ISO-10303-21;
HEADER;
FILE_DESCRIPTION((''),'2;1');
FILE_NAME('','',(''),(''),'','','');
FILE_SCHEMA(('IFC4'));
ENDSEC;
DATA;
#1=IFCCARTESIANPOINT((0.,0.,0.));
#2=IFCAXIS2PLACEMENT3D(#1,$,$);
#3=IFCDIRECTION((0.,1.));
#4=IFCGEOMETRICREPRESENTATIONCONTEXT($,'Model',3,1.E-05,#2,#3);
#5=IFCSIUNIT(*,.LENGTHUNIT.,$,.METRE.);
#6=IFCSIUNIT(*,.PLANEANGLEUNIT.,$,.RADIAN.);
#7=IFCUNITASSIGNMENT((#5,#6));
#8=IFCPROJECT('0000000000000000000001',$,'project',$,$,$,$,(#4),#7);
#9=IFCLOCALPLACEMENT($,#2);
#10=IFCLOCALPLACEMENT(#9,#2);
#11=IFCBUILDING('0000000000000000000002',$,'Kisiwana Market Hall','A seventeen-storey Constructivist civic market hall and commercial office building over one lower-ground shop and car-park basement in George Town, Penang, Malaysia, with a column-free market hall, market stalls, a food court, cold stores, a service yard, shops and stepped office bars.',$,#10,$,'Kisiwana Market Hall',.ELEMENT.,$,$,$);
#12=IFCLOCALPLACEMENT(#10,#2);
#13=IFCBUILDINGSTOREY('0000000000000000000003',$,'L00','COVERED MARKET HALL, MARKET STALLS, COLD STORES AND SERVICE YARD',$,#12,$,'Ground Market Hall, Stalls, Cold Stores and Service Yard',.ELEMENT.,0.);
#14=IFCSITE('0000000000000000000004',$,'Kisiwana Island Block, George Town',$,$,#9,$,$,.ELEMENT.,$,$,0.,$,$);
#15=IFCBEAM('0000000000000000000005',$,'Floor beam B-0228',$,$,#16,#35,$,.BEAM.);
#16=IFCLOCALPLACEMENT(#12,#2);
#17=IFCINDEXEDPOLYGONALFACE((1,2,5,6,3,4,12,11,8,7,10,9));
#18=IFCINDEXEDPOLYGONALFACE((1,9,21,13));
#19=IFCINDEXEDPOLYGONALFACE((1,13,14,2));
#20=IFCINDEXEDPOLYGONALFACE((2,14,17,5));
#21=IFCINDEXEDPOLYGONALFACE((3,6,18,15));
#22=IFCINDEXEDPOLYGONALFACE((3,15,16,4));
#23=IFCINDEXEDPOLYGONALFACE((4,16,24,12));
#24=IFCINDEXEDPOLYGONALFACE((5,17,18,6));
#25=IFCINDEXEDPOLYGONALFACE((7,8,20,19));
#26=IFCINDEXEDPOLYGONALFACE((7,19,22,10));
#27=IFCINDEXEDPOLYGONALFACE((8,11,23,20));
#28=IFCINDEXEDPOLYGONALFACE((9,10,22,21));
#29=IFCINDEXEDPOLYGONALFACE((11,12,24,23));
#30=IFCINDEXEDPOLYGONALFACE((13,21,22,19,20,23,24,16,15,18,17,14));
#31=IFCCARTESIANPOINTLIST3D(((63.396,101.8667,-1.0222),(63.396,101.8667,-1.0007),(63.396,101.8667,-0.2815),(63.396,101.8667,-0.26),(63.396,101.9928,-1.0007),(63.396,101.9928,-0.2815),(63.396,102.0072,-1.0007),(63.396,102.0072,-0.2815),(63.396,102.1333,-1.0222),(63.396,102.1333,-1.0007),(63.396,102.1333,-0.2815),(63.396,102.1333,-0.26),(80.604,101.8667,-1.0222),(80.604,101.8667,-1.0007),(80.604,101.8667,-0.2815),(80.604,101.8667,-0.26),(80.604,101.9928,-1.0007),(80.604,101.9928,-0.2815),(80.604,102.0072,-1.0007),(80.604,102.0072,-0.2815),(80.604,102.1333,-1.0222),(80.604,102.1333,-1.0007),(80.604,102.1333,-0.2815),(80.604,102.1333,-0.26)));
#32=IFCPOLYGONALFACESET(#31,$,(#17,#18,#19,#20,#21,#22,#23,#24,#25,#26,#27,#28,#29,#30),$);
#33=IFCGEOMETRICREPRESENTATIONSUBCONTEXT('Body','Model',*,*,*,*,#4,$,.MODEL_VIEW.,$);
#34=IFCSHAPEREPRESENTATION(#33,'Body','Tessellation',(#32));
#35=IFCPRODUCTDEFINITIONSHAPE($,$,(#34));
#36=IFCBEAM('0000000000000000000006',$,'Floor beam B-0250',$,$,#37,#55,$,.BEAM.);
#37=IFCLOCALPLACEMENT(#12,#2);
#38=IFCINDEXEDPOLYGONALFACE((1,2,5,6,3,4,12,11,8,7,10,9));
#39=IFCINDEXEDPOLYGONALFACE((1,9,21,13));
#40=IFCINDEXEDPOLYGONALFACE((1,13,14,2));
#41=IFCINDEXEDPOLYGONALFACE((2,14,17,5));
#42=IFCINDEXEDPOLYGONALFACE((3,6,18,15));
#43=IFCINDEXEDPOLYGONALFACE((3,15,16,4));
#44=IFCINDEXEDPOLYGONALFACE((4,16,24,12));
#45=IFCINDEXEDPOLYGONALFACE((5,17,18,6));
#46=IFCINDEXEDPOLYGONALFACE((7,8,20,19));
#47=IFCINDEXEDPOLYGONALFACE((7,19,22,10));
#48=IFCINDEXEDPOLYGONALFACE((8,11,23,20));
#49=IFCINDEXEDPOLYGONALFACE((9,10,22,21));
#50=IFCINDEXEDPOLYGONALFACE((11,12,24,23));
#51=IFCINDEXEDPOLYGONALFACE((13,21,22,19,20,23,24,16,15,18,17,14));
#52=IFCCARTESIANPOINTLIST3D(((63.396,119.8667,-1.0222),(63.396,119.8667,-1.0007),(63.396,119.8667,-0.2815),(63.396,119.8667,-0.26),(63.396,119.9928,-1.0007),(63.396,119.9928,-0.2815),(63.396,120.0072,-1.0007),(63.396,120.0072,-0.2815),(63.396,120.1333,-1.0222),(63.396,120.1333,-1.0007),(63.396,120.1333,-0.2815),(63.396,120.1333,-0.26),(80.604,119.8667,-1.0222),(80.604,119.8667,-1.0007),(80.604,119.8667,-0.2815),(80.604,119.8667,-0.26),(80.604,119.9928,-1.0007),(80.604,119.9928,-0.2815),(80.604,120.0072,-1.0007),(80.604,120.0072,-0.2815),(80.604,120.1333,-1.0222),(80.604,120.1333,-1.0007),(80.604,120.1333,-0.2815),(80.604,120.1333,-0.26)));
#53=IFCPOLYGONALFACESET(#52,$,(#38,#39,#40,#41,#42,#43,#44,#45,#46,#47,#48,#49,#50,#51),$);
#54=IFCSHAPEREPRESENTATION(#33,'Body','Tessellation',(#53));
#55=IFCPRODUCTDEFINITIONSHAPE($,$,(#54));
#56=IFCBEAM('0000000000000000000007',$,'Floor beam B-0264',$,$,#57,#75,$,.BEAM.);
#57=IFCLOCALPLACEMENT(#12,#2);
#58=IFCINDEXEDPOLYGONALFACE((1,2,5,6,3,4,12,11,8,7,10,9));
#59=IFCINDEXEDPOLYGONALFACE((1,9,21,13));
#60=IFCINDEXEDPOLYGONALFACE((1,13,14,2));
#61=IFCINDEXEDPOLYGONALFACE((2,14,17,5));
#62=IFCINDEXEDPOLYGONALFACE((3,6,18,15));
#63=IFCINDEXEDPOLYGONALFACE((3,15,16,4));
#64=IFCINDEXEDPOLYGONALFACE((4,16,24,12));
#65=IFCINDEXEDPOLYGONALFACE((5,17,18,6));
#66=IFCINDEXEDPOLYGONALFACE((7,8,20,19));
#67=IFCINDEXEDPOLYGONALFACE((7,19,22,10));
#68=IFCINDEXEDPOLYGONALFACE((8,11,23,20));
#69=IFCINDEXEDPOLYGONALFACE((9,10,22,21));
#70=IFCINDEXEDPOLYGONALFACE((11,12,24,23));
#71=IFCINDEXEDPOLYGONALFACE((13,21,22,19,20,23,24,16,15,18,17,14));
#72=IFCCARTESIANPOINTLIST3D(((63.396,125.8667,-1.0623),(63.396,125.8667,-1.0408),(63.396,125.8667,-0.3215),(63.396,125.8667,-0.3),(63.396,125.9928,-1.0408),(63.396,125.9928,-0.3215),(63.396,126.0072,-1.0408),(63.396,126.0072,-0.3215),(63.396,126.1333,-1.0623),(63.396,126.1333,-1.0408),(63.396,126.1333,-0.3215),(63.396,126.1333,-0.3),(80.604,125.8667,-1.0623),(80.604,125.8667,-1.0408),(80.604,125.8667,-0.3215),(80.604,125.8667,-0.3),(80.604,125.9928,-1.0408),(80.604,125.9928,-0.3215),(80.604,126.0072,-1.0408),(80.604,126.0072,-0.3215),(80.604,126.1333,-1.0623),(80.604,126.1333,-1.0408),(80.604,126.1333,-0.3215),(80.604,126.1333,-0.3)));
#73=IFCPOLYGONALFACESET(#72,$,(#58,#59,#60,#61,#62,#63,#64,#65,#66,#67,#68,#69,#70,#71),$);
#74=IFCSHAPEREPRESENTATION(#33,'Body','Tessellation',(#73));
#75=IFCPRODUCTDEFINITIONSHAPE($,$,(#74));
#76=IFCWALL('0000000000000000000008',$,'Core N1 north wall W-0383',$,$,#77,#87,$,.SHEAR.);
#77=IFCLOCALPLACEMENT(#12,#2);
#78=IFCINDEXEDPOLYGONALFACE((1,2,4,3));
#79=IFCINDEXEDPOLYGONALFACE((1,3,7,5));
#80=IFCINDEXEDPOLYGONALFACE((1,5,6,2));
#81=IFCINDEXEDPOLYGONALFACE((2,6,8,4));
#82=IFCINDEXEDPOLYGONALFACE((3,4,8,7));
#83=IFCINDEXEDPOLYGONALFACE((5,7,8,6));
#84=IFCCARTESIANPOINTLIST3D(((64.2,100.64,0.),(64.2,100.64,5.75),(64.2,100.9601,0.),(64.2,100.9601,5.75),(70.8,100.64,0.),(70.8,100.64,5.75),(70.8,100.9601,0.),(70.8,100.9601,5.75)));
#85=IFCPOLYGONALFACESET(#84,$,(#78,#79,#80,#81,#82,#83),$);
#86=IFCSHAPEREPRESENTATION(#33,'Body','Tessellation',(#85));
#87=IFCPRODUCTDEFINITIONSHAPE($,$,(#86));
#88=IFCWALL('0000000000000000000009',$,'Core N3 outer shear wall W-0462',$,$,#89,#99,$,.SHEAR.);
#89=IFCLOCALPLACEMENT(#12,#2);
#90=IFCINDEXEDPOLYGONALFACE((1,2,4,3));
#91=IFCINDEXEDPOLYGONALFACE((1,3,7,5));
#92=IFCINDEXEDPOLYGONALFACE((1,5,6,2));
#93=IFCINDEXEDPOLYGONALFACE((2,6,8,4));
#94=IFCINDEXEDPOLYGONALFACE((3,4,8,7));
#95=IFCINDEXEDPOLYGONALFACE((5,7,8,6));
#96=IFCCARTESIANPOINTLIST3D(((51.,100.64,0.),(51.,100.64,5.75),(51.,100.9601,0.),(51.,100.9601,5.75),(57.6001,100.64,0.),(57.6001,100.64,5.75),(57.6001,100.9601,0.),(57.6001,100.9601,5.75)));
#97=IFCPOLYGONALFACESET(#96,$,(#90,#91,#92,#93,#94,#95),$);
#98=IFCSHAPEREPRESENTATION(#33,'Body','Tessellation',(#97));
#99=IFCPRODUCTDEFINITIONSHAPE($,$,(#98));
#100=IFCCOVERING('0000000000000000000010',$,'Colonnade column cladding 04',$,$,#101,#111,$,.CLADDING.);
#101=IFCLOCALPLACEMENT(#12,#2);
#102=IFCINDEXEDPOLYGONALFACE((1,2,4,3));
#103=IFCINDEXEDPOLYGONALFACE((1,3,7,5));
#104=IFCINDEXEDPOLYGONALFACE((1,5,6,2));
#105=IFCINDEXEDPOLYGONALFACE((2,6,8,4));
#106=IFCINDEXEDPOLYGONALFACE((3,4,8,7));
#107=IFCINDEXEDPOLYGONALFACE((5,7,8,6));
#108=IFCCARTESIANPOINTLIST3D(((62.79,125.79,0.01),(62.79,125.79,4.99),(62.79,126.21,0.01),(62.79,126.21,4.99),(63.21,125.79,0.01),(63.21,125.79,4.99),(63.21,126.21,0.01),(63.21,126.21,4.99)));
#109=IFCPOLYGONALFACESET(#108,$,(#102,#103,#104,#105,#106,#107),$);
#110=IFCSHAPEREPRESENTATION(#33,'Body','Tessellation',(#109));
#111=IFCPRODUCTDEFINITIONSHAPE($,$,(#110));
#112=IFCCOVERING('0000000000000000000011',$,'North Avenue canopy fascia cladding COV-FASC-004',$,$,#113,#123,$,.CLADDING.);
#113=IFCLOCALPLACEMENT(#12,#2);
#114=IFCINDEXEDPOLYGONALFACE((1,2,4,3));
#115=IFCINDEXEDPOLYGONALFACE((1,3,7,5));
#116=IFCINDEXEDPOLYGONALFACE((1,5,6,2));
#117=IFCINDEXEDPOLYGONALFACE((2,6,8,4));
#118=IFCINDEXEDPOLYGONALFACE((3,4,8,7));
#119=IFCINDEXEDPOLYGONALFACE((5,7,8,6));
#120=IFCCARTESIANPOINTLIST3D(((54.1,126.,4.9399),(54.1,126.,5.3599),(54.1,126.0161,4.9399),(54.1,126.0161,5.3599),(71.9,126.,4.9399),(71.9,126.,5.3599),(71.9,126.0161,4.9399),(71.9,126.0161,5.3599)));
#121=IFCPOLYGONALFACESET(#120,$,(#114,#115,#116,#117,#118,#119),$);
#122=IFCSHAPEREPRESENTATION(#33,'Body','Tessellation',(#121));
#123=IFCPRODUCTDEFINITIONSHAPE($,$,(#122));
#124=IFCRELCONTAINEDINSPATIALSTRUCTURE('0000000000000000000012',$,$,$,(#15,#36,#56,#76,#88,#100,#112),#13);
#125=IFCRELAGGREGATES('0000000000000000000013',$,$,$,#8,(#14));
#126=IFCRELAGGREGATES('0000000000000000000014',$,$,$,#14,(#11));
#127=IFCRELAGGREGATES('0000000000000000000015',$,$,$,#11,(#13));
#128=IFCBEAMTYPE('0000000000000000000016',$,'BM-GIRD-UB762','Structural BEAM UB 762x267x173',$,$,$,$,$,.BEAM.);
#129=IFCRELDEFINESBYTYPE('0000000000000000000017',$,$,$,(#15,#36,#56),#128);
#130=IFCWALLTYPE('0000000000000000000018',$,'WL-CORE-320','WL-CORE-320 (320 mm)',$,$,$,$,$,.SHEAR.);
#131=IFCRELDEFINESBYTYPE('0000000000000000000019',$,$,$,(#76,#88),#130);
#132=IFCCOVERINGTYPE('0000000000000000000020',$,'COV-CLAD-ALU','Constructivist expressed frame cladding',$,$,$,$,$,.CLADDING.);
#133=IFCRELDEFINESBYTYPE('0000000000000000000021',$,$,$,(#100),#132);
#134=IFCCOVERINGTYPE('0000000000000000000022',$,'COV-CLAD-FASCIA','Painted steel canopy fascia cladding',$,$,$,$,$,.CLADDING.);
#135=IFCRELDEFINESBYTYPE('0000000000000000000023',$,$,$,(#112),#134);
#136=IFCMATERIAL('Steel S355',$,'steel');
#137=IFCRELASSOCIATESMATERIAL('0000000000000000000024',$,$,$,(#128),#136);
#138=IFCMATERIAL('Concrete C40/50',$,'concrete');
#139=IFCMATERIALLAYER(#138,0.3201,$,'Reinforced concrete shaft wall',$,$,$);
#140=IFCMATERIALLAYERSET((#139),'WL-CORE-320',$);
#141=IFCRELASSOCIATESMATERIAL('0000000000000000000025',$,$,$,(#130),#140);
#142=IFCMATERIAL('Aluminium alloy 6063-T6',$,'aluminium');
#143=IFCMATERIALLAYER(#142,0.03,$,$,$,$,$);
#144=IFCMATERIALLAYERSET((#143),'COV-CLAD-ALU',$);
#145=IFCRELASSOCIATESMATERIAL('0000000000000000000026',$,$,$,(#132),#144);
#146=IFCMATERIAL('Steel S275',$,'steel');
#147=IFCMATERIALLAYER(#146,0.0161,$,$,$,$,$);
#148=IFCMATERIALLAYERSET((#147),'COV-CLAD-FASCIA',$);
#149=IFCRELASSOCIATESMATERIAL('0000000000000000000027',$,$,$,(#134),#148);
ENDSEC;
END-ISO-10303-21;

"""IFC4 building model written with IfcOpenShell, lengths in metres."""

from ifc_helpers import new_model, si_unit, direction, frame, frame_2d, origin, origin_2d, place, context, subcontext, project, spatial, rectangle, i_section, extrude, material, layer, layer_set, material_profile, profile_set, type_object, element, save


model = new_model("IFC4")

# Units and contexts
model_context = context("Model", 3, precision=1e-05, world=origin(), true_north=direction((0.0, 1.0)))
body_context = subcontext(model_context, "Body", "Model", "MODEL_VIEW")
ifc_project = project(units=[si_unit("LENGTHUNIT", "METRE"), si_unit("PLANEANGLEUNIT", "RADIAN")], contexts=[model_context])

# Site, building, storey
site_placement = place(None, origin())
site = spatial("IfcSite", under=ifc_project, at=site_placement, Name="Kisiwana Island Block, George Town", CompositionType="ELEMENT", RefElevation=0.0)
building_placement = place(site_placement, origin())
building = spatial("IfcBuilding", under=site, at=building_placement, Name="Kisiwana Market Hall", Description="A seventeen-storey Constructivist civic market hall and commercial office building over one lower-ground shop and car-park basement in George Town, Penang, Malaysia, with a column-free market hall, market stalls, a food court, cold stores, a service yard, shops and stepped office bars.", LongName="Kisiwana Market Hall", CompositionType="ELEMENT")
storey_placement = place(building_placement, origin())
storey = spatial("IfcBuildingStorey", under=building, at=storey_placement, Name="L00", Description="COVERED MARKET HALL, MARKET STALLS, COLD STORES AND SERVICE YARD", LongName="Ground Market Hall, Stalls, Cold Stores and Service Yard", CompositionType="ELEMENT", Elevation=0.0)

# Beams
ifc_material_1 = material(Name="Steel S355", Category="steel")
ifc_material_profile_1 = material_profile(ifc_material_1, i_section(OverallWidth=0.2666, OverallDepth=0.7622, WebThickness=0.0144, FlangeThickness=0.0215, at=origin_2d()), Name="UB 762x267x173")
ifc_profile_set_1 = profile_set([ifc_material_profile_1], Name="Steel S355")
beam_type_1 = type_object("IfcBeamType", Name="BM-GIRD-UB762", Description="Structural BEAM UB 762x267x173", PredefinedType="BEAM", material=ifc_profile_set_1)
for number, where, z_axis, x_axis, name in (
    (1, (63.396, 102.0, -0.6411), (1.0, 0.0, 0.0), (0.0, 1.0, 0.0), "Floor beam B-0228"),
    (2, (63.396, 120.0, -0.6411), (1.0, 0.0, 0.0), (0.0, 1.0, 0.0), "Floor beam B-0250"),
    (3, (63.396, 126.0, -0.6812), (1.0, 0.0, 0.0), (0.0, 1.0, 0.0), "Floor beam B-0264"),
):
    element("IfcBeam", number, at=place(storey_placement, frame(where, z_axis=z_axis, x_axis=x_axis)), inside=storey, type_object=beam_type_1, Name=name, PredefinedType="BEAM", context=body_context, shape_type="SweptSolid", body=[
        extrude(i_section(OverallWidth=0.2666, OverallDepth=0.7622, WebThickness=0.0144, FlangeThickness=0.0215, at=origin_2d()), origin(), (0.0, 0.0, 1.0), 17.208),
    ])

# Walls
ifc_material_2 = material(Name="Concrete C40/50", Category="concrete")
ifc_layer_1 = layer(ifc_material_2, 0.3201, Name="Reinforced concrete shaft wall")
ifc_layer_set_1 = layer_set([ifc_layer_1], Name="WL-CORE-320")
wall_type_1 = type_object("IfcWallType", Name="WL-CORE-320", Description="WL-CORE-320 (320 mm)", PredefinedType="SHEAR", material=ifc_layer_set_1)
for number, where, z_axis, x_axis, name in (
    (4, (64.2, 100.8, 0.0), (0.0, 0.0, 1.0), (1.0, 0.0, 0.0), "Core N1 north wall W-0383"),
    (5, (51.0, 100.8, 0.0), (0.0, 0.0, 1.0), (1.0, 0.0, 0.0), "Core N3 outer shear wall W-0462"),
):
    element("IfcWall", number, at=place(storey_placement, frame(where, z_axis=z_axis, x_axis=x_axis)), inside=storey, type_object=wall_type_1, Name=name, PredefinedType="SHEAR", context=body_context, shape_type="SweptSolid", body=[
        extrude(rectangle(XDim=6.6001, YDim=0.3201, at=frame_2d((3.3, 0.0))), origin(), (0.0, 0.0, 1.0), 5.75),
    ])

# Coverings
ifc_material_3 = material(Name="Aluminium alloy 6063-T6", Category="aluminium")
ifc_layer_2 = layer(ifc_material_3, 0.03)
ifc_layer_set_2 = layer_set([ifc_layer_2], Name="COV-CLAD-ALU")
covering_type_1 = type_object("IfcCoveringType", Name="COV-CLAD-ALU", Description="Constructivist expressed frame cladding", PredefinedType="CLADDING", material=ifc_layer_set_2)
covering_1_placement = place(storey_placement, frame((63.0, 126.0, 0.01), z_axis=(0.0, 0.0, 1.0), x_axis=(1.0, 0.0, 0.0)))
element("IfcCovering", 6, at=covering_1_placement, inside=storey, type_object=covering_type_1, Name="Colonnade column cladding 04", PredefinedType="CLADDING", context=body_context, shape_type="SweptSolid", body=[
    extrude(rectangle(XDim=0.4199, YDim=0.4199, at=origin_2d()), origin(), (0.0, 0.0, 1.0), 4.98),
])
ifc_material_4 = material(Name="Steel S275", Category="steel")
ifc_layer_3 = layer(ifc_material_4, 0.0161)
ifc_layer_set_3 = layer_set([ifc_layer_3], Name="COV-CLAD-FASCIA")
covering_type_2 = type_object("IfcCoveringType", Name="COV-CLAD-FASCIA", Description="Painted steel canopy fascia cladding", PredefinedType="CLADDING", material=ifc_layer_set_3)
covering_2_placement = place(storey_placement, frame((63.0, 126.0081, 4.9399), z_axis=(0.0, 0.0, 1.0), x_axis=(1.0, 0.0, 0.0)))
element("IfcCovering", 7, at=covering_2_placement, inside=storey, type_object=covering_type_2, Name="North Avenue canopy fascia cladding COV-FASC-004", PredefinedType="CLADDING", context=body_context, shape_type="SweptSolid", body=[
    extrude(rectangle(XDim=17.8, YDim=0.0161, at=origin_2d()), origin(), (0.0, 0.0, 1.0), 0.4199),
])

save(model, "model.ifc")
